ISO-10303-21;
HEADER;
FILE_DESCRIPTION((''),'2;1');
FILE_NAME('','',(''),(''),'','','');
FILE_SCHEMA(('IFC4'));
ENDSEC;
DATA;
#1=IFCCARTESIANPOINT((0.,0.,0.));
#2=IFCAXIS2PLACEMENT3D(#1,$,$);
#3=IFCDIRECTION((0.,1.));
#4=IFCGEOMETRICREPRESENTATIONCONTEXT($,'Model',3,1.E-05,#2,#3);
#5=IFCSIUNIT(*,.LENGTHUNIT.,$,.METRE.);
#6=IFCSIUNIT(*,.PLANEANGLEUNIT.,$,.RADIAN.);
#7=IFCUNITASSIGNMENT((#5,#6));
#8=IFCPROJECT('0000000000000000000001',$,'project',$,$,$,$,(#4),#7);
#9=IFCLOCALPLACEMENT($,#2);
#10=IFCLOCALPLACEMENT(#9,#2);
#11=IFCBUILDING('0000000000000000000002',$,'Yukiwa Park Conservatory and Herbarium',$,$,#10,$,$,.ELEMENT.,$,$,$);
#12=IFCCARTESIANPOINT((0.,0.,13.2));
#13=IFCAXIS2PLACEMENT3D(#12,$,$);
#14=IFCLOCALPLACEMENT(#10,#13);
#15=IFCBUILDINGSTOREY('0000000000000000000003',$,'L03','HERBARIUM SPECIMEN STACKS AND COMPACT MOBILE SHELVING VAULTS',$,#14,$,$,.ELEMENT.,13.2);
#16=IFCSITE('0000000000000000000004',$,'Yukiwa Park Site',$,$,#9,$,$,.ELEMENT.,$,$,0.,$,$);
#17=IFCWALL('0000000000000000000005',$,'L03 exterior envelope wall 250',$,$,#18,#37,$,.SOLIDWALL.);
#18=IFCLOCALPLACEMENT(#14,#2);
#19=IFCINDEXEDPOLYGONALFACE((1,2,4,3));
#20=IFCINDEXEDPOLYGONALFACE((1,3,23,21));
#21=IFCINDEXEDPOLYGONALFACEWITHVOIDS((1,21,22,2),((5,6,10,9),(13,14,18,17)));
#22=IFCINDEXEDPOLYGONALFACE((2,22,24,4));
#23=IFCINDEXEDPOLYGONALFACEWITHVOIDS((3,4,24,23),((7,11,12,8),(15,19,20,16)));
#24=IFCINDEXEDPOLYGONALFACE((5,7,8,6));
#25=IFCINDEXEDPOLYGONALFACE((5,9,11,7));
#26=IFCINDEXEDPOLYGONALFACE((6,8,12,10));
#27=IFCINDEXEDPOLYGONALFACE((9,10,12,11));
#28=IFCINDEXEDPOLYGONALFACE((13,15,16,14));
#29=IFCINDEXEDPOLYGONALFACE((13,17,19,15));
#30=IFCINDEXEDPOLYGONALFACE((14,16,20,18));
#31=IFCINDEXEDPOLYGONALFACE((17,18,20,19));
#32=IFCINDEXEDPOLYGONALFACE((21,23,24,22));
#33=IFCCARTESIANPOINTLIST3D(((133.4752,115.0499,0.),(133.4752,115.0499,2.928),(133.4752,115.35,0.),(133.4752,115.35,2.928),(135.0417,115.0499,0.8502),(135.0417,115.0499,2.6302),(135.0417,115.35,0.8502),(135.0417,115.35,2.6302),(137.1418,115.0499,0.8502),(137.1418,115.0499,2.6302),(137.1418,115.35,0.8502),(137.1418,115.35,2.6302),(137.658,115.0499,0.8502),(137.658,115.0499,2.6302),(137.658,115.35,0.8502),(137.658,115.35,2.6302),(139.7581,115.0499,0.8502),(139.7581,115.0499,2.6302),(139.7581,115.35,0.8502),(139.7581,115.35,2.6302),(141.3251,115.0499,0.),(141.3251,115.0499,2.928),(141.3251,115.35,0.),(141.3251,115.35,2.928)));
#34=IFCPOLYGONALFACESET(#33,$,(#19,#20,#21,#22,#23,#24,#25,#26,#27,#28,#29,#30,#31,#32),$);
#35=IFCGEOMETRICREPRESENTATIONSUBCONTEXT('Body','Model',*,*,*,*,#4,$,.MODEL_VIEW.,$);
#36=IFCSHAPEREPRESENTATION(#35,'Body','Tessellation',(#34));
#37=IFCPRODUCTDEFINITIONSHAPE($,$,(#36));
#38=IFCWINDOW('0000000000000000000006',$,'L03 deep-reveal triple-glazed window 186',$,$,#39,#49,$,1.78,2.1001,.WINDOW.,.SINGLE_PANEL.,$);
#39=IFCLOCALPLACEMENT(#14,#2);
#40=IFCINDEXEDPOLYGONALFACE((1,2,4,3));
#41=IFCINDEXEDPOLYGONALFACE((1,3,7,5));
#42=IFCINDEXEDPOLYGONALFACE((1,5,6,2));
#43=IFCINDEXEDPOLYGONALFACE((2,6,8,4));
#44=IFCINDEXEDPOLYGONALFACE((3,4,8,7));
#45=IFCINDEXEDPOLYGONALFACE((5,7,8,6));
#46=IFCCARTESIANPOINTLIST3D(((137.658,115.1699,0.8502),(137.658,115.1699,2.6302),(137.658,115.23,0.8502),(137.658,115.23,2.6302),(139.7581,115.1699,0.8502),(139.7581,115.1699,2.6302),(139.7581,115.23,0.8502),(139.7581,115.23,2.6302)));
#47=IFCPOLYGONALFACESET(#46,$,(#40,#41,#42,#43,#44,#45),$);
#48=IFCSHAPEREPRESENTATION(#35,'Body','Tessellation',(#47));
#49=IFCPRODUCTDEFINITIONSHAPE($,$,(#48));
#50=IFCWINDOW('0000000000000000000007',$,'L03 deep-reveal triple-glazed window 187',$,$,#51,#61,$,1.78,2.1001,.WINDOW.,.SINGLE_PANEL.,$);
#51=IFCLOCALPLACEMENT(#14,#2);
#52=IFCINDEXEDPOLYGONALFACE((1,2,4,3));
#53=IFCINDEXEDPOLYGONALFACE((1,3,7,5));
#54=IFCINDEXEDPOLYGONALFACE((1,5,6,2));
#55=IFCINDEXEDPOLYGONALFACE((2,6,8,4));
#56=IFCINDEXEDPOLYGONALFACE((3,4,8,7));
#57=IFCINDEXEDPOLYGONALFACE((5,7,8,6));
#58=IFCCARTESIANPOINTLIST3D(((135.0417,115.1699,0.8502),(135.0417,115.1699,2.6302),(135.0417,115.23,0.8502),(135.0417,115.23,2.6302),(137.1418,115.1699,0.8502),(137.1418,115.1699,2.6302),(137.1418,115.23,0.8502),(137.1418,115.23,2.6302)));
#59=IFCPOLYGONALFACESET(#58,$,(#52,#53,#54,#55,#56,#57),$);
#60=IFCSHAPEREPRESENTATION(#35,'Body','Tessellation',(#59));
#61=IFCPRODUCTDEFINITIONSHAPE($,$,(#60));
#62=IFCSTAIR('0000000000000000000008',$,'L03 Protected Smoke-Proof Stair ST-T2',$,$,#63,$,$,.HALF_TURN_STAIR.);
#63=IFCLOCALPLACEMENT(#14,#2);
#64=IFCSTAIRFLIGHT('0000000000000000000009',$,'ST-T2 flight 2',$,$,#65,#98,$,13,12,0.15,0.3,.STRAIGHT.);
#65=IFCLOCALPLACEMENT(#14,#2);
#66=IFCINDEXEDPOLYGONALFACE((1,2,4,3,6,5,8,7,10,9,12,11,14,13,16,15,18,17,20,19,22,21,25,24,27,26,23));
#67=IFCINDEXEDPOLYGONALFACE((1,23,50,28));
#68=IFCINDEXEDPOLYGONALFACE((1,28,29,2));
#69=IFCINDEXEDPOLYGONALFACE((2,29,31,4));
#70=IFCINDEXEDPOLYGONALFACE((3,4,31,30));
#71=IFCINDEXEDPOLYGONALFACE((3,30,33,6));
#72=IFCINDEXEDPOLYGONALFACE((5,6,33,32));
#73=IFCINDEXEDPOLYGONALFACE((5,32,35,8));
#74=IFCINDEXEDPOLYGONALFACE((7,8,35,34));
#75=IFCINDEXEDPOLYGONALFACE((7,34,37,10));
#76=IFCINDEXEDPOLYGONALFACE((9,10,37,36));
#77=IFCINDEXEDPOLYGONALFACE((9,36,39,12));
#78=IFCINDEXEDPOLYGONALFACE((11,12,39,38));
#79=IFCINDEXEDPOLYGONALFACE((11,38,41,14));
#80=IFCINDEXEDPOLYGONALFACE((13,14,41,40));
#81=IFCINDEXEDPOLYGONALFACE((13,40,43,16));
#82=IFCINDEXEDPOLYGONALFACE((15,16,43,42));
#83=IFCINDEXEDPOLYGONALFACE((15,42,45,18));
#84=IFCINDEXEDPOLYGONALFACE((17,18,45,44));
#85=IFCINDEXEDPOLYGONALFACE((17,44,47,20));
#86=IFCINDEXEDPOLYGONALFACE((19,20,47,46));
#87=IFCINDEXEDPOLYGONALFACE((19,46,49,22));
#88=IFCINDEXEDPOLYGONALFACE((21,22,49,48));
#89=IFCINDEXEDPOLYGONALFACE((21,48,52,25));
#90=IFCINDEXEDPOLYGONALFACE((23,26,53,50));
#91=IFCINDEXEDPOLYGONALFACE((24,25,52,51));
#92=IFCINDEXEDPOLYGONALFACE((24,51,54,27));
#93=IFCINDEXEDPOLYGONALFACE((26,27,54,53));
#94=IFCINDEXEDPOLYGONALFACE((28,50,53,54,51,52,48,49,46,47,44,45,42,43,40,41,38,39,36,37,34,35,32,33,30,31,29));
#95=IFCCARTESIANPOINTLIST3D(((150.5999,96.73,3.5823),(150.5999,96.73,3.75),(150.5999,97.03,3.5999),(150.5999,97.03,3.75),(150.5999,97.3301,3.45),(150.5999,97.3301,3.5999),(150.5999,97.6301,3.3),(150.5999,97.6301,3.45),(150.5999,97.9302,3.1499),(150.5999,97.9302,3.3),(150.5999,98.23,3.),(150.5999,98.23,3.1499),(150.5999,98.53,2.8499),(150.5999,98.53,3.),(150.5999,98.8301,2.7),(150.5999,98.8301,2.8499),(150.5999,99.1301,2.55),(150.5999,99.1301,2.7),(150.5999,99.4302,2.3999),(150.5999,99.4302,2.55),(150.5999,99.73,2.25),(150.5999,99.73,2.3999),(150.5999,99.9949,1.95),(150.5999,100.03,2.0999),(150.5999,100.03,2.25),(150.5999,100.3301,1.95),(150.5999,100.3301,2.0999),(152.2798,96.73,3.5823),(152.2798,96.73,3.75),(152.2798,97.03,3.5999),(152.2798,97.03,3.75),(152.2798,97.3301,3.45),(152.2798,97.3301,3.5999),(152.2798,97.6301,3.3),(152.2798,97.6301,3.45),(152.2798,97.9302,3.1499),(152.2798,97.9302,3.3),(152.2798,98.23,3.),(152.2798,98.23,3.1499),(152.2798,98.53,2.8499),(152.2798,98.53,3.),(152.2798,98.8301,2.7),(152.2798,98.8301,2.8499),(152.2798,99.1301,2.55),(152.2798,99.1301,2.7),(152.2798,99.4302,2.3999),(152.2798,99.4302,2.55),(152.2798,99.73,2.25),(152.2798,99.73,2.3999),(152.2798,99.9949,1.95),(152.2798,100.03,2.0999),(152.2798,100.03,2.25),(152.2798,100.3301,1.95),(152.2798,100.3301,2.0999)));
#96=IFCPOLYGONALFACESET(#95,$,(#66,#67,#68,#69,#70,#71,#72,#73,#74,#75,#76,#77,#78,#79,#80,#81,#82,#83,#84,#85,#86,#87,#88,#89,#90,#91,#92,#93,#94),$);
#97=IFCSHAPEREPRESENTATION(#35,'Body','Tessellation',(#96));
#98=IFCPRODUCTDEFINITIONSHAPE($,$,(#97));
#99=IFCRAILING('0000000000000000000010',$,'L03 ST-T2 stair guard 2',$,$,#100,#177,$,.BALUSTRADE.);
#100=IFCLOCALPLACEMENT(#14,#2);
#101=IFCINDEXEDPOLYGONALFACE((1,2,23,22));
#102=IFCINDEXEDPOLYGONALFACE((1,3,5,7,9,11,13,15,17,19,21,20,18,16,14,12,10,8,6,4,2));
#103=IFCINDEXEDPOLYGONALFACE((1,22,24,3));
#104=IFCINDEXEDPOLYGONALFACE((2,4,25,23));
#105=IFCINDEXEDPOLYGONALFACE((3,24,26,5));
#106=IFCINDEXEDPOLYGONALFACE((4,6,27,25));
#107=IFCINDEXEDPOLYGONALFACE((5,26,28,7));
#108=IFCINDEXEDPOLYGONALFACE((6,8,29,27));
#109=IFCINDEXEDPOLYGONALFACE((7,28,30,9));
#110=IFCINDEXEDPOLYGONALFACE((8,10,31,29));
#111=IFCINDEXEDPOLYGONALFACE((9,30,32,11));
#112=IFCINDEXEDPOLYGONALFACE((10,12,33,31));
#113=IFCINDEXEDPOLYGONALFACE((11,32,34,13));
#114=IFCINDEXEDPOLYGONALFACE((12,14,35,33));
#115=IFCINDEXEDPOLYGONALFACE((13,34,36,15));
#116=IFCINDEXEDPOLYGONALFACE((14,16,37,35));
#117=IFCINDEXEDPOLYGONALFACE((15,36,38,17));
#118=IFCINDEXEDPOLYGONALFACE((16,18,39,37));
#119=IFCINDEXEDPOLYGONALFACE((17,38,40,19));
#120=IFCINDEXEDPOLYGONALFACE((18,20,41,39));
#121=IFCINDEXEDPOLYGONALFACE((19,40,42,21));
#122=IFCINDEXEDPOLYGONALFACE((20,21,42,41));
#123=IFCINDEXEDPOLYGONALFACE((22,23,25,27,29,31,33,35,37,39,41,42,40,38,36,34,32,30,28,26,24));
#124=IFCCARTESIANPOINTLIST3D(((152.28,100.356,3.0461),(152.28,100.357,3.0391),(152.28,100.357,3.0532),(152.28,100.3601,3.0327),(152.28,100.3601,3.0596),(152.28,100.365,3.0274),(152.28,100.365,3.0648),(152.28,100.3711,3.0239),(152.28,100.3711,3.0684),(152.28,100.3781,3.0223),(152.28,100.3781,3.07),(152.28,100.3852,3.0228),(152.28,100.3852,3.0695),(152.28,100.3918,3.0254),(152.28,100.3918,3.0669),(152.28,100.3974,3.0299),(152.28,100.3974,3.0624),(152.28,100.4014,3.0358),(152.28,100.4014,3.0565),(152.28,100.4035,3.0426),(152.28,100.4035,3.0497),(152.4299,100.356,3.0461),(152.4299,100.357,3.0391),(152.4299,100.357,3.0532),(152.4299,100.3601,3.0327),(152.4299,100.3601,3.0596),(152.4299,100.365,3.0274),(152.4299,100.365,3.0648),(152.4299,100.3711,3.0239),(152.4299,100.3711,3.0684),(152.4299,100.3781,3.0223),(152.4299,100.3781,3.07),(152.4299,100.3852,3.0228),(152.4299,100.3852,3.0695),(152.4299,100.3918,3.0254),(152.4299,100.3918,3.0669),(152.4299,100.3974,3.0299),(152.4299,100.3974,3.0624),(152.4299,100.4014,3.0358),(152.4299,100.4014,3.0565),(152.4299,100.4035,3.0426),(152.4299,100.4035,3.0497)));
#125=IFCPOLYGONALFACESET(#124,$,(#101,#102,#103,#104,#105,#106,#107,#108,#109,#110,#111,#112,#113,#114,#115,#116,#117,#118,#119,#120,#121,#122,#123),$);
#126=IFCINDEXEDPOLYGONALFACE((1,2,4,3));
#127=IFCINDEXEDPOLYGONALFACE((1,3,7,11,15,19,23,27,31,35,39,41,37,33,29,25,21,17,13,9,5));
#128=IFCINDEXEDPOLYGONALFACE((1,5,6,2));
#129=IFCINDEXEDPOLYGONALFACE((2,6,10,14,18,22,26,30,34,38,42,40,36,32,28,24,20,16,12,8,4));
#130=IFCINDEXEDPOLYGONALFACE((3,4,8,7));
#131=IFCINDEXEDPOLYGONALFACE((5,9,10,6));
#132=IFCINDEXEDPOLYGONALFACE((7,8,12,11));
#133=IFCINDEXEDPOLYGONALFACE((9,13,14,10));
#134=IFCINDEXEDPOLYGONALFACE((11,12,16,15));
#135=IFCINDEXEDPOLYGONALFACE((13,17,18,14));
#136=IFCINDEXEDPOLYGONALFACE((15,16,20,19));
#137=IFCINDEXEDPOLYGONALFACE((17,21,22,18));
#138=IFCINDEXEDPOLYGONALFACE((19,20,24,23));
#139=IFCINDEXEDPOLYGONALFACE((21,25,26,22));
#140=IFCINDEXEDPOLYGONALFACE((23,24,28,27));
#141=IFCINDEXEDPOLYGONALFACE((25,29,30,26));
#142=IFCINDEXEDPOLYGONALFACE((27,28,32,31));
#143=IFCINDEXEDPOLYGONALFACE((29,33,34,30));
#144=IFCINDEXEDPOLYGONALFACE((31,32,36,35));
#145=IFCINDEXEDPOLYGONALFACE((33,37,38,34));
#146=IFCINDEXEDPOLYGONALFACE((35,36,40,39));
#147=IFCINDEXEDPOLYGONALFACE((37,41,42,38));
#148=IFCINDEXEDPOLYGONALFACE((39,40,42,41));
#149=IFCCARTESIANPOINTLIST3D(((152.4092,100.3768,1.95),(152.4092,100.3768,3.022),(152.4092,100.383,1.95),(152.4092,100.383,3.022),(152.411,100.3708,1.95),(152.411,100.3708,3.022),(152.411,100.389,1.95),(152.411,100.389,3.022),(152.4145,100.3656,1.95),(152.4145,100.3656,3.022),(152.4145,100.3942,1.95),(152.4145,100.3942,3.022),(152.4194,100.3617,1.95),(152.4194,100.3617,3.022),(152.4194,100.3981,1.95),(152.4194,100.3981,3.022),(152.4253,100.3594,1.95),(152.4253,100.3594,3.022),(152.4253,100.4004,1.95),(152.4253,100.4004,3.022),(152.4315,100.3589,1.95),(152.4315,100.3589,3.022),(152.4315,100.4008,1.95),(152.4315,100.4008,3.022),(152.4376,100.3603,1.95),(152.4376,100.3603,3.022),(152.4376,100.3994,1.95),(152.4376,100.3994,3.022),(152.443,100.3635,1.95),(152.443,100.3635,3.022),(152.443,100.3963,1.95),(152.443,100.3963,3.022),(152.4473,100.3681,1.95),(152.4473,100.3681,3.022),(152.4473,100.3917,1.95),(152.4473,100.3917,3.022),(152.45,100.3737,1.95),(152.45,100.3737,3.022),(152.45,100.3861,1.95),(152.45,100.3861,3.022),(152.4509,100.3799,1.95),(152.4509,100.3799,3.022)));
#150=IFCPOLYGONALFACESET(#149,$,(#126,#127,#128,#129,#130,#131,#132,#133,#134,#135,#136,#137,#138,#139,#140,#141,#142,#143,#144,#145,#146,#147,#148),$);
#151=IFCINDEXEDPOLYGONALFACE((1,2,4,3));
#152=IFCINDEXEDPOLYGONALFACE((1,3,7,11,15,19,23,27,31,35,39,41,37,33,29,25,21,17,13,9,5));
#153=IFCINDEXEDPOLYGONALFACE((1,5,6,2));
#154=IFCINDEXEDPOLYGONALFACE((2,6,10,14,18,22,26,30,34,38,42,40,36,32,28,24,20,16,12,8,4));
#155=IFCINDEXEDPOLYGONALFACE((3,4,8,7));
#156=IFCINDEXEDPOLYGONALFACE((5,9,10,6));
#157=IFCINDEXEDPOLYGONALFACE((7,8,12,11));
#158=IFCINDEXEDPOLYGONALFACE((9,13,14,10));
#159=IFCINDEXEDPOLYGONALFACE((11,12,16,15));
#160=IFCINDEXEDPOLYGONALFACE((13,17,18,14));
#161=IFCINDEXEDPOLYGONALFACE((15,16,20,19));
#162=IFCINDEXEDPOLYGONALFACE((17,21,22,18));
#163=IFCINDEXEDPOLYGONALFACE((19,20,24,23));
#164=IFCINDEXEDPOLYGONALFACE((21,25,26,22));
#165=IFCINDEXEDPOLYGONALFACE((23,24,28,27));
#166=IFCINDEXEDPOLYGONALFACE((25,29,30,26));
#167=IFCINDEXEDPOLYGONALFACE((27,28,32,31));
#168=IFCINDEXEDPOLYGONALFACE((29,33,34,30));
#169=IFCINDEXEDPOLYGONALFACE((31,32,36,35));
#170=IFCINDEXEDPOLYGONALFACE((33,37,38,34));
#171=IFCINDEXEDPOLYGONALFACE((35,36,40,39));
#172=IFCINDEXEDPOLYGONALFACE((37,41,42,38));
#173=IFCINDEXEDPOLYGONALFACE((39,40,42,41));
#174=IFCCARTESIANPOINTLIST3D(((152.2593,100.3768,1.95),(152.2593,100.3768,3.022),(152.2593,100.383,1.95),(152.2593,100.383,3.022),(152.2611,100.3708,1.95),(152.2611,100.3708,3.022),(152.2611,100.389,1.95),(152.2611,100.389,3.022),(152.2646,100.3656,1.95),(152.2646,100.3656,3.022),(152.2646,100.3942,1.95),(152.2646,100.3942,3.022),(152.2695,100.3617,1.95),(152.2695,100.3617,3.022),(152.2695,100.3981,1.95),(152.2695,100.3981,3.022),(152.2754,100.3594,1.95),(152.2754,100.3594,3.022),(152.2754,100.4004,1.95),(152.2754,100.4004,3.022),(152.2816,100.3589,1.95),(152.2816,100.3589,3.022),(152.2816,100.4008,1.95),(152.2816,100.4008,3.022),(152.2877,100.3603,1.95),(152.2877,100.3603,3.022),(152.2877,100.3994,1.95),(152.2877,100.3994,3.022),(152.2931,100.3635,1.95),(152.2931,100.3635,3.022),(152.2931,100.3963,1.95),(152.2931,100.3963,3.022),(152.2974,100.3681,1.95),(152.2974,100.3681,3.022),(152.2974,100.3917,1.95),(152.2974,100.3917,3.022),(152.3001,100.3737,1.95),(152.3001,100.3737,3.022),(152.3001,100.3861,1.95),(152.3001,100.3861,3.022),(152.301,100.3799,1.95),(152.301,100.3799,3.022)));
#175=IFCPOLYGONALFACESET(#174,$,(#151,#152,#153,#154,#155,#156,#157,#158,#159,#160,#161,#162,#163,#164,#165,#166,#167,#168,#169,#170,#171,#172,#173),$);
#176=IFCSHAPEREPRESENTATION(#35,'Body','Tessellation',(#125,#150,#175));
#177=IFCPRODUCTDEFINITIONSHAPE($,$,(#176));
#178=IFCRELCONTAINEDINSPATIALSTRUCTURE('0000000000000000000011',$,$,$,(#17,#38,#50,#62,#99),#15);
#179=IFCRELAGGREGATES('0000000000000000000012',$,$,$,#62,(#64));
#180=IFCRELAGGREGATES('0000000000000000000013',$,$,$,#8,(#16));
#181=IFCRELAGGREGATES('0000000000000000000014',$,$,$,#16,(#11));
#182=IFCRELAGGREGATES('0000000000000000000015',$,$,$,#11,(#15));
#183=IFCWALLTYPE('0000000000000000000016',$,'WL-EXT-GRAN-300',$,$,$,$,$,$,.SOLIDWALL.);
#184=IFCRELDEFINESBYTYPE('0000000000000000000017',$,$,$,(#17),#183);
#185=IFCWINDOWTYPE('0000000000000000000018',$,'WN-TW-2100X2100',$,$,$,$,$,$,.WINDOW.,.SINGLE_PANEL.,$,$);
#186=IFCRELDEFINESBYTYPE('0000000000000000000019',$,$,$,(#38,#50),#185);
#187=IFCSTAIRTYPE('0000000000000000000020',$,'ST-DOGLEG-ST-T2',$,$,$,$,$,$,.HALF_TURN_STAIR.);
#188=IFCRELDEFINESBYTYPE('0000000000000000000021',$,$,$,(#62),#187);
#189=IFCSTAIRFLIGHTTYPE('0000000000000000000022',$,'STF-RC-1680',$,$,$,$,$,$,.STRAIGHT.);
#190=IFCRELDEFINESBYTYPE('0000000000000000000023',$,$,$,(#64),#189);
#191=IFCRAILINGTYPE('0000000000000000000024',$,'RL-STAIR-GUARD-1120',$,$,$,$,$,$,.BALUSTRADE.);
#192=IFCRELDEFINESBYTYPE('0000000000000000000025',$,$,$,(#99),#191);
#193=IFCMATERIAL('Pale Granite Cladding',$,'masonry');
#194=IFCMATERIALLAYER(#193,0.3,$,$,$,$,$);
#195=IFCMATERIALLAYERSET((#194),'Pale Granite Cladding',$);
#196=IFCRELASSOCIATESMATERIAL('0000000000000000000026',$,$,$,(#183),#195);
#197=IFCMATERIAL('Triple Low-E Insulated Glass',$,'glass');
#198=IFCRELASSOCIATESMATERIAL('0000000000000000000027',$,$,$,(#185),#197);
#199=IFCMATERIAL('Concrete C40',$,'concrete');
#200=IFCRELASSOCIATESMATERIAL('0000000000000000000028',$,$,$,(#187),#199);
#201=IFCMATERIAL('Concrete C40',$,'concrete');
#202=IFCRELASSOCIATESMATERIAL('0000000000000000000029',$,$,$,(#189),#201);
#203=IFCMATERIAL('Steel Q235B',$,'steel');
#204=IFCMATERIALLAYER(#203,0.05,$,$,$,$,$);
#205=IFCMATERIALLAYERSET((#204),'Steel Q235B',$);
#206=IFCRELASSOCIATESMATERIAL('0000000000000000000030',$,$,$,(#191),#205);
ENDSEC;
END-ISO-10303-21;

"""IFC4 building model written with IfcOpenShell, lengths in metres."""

from ifc_helpers import new_model, si_unit, direction, frame, frame_2d, origin, origin_2d, place, context, subcontext, project, spatial, polyline, rectangle, circle, outline, extrude, material, layer, layer_set, type_object, element, fill, aggregate, save


model = new_model("IFC4")

# Units and contexts
model_context = context("Model", 3, precision=1e-05, world=origin(), true_north=direction((0.0, 1.0)))
body_context = subcontext(model_context, "Body", "Model", "MODEL_VIEW")
ifc_project = project(units=[si_unit("LENGTHUNIT", "METRE"), si_unit("PLANEANGLEUNIT", "RADIAN")], contexts=[model_context])

# Site, building, storey
site_placement = place(None, origin())
site = spatial("IfcSite", under=ifc_project, at=site_placement, Name="Yukiwa Park Site", CompositionType="ELEMENT", RefElevation=0.0)
building_placement = place(site_placement, origin())
building = spatial("IfcBuilding", under=site, at=building_placement, Name="Yukiwa Park Conservatory and Herbarium", CompositionType="ELEMENT")
storey_placement = place(building_placement, frame((0.0, 0.0, 13.2)))
storey = spatial("IfcBuildingStorey", under=building, at=storey_placement, Name="L03", Description="HERBARIUM SPECIMEN STACKS AND COMPACT MOBILE SHELVING VAULTS", CompositionType="ELEMENT", Elevation=13.2)

# Wall, openings, windows
ifc_material_1 = material(Name="Pale Granite Cladding", Category="masonry")
ifc_layer_1 = layer(ifc_material_1, 0.3)
ifc_layer_set_1 = layer_set([ifc_layer_1], Name="Pale Granite Cladding")
wall_type_1 = type_object("IfcWallType", Name="WL-EXT-GRAN-300", PredefinedType="SOLIDWALL", material=ifc_layer_set_1)
wall_1_placement = place(storey_placement, frame((141.325, 115.2, 0.0), z_axis=(0.0, 0.0, 1.0), x_axis=(-1.0, 0.0, 0.0)))
wall_1 = element("IfcWall", 1, at=wall_1_placement, inside=storey, type_object=wall_type_1, Name="L03 exterior envelope wall 250", PredefinedType="SOLIDWALL", context=body_context, shape_type="SweptSolid", body=[
    extrude(rectangle(XDim=7.8499, YDim=0.3, at=frame_2d((3.9248, 0.0))), origin(), (0.0, 0.0, 1.0), 2.928),
])
opening_1_placement = place(wall_1_placement, frame((1.5669, 0.0, 0.8501)))
opening_1 = element("IfcOpeningElement", 2, at=opening_1_placement, cuts=wall_1, PredefinedType="OPENING", context=body_context, shape_type="SweptSolid", body=[
    extrude(rectangle(XDim=2.1001, YDim=1.78, at=frame_2d((1.05, 0.8901))), frame((0.0, 0.1602, 0.0), z_axis=(0.0, -1.0, 0.0), x_axis=(1.0, 0.0, 0.0)), (0.0, 0.0, 1.0), 0.3201),
])
opening_2_placement = place(wall_1_placement, frame((4.1831, 0.0, 0.8501)))
opening_2 = element("IfcOpeningElement", 3, at=opening_2_placement, cuts=wall_1, PredefinedType="OPENING", context=body_context, shape_type="SweptSolid", body=[
    extrude(rectangle(XDim=2.1001, YDim=1.78, at=frame_2d((1.05, 0.8901))), frame((0.0, 0.1602, 0.0), z_axis=(0.0, -1.0, 0.0), x_axis=(1.0, 0.0, 0.0)), (0.0, 0.0, 1.0), 0.3201),
])
ifc_material_2 = material(Name="Triple Low-E Insulated Glass", Category="glass")
window_type_1 = type_object("IfcWindowType", Name="WN-TW-2100X2100", PartitioningType="SINGLE_PANEL", PredefinedType="WINDOW", material=ifc_material_2)
window_1_placement = place(opening_1_placement, origin())
window_1 = element("IfcWindow", 4, at=window_1_placement, inside=storey, type_object=window_type_1, Name="L03 deep-reveal triple-glazed window 186", OverallHeight=1.78, OverallWidth=2.1001, PartitioningType="SINGLE_PANEL", PredefinedType="WINDOW", context=body_context, shape_type="SweptSolid", body=[
    extrude(rectangle(XDim=2.1001, YDim=1.78, at=frame_2d((1.05, 0.8901))), frame((0.0, 0.03, 0.0), z_axis=(0.0, -1.0, 0.0), x_axis=(1.0, 0.0, 0.0)), (0.0, 0.0, 1.0), 0.0601),
])
fill(opening_1, window_1)
window_2_placement = place(opening_2_placement, origin())
window_2 = element("IfcWindow", 5, at=window_2_placement, inside=storey, type_object=window_type_1, Name="L03 deep-reveal triple-glazed window 187", OverallHeight=1.78, OverallWidth=2.1001, PartitioningType="SINGLE_PANEL", PredefinedType="WINDOW", context=body_context, shape_type="SweptSolid", body=[
    extrude(rectangle(XDim=2.1001, YDim=1.78, at=frame_2d((1.05, 0.8901))), frame((0.0, 0.03, 0.0), z_axis=(0.0, -1.0, 0.0), x_axis=(1.0, 0.0, 0.0)), (0.0, 0.0, 1.0), 0.0601),
])
fill(opening_2, window_2)

# Stair, stair flight
ifc_material_3 = material(Name="Concrete C40", Category="concrete")
stair_type = type_object("IfcStairType", Name="ST-DOGLEG-ST-T2", PredefinedType="HALF_TURN_STAIR", material=ifc_material_3)
stair_placement = place(storey_placement, origin())
stair = element("IfcStair", 6, at=stair_placement, inside=storey, type_object=stair_type, Name="L03 Protected Smoke-Proof Stair ST-T2", PredefinedType="HALF_TURN_STAIR")
ifc_material_4 = material(Name="Concrete C40", Category="concrete")
stair_flight_type = type_object("IfcStairFlightType", Name="STF-RC-1680", PredefinedType="STRAIGHT", material=ifc_material_4)
stair_flight_placement = place(storey_placement, frame((151.4399, 100.3301, 1.95), z_axis=(0.0, 0.0, 1.0), x_axis=(0.0, -1.0, 0.0)))
stair_flight = element("IfcStairFlight", 7, at=stair_flight_placement, type_object=stair_flight_type, Name="ST-T2 flight 2", NumberOfRisers=13, NumberOfTreads=12, PredefinedType="STRAIGHT", RiserHeight=0.15, TreadLength=0.3, context=body_context, shape_type="SweptSolid", body=[
    extrude(outline(polyline([(0.0, 0.0), (0.0, 0.1499), (0.3, 0.1499), (0.3, 0.3), (0.6001, 0.3), (0.6001, 0.45), (0.8999, 0.45), (0.8999, 0.6001), (1.2, 0.6001), (1.2, 0.75), (1.5, 0.75), (1.5, 0.8999), (1.8, 0.8999), (1.8, 1.05), (2.1001, 1.05), (2.1001, 1.2), (2.3999, 1.2), (2.3999, 1.3501), (2.7, 1.3501), (2.7, 1.5), (3.0, 1.5), (3.0, 1.6499), (3.3, 1.6499), (3.3, 1.8), (3.6001, 1.8), (3.6001, 1.95), (3.6001, 1.6323), (0.3352, 0.0), (0.0, 0.0)])), frame((0.0, 0.8398, 0.0), z_axis=(0.0, -1.0, 0.0), x_axis=(1.0, 0.0, 0.0)), (0.0, 0.0, 1.0), 1.6799),
])
aggregate(stair, [stair_flight])

# Railing
ifc_material_5 = material(Name="Steel Q235B", Category="steel")
ifc_layer_2 = layer(ifc_material_5, 0.05)
ifc_layer_set_2 = layer_set([ifc_layer_2], Name="Steel Q235B")
railing_type = type_object("IfcRailingType", Name="RL-STAIR-GUARD-1120", PredefinedType="BALUSTRADE", material=ifc_layer_set_2)
railing_1_placement = place(storey_placement, frame((152.4299, 100.3799, 1.95)))
element("IfcRailing", 8, at=railing_1_placement, inside=storey, type_object=railing_type, Name="L03 ST-T2 stair guard 2", PredefinedType="BALUSTRADE", context=body_context, shape_type="SweptSolid", body=[
    extrude(circle(Radius=0.0239, at=origin_2d()), frame((0.0, 0.0, 1.0962), z_axis=(-1.0, 0.0, 0.0), x_axis=(0.0, -1.0, 0.0)), (0.0, 0.0, 1.0), 0.1499),
    extrude(circle(Radius=0.021, at=origin_2d()), origin(), (0.0, 0.0, 1.0), 1.072),
    extrude(circle(Radius=0.021, at=origin_2d()), frame((-0.1499, 0.0, 0.0)), (0.0, 0.0, 1.0), 1.072),
])

save(model, "model.ifc")
